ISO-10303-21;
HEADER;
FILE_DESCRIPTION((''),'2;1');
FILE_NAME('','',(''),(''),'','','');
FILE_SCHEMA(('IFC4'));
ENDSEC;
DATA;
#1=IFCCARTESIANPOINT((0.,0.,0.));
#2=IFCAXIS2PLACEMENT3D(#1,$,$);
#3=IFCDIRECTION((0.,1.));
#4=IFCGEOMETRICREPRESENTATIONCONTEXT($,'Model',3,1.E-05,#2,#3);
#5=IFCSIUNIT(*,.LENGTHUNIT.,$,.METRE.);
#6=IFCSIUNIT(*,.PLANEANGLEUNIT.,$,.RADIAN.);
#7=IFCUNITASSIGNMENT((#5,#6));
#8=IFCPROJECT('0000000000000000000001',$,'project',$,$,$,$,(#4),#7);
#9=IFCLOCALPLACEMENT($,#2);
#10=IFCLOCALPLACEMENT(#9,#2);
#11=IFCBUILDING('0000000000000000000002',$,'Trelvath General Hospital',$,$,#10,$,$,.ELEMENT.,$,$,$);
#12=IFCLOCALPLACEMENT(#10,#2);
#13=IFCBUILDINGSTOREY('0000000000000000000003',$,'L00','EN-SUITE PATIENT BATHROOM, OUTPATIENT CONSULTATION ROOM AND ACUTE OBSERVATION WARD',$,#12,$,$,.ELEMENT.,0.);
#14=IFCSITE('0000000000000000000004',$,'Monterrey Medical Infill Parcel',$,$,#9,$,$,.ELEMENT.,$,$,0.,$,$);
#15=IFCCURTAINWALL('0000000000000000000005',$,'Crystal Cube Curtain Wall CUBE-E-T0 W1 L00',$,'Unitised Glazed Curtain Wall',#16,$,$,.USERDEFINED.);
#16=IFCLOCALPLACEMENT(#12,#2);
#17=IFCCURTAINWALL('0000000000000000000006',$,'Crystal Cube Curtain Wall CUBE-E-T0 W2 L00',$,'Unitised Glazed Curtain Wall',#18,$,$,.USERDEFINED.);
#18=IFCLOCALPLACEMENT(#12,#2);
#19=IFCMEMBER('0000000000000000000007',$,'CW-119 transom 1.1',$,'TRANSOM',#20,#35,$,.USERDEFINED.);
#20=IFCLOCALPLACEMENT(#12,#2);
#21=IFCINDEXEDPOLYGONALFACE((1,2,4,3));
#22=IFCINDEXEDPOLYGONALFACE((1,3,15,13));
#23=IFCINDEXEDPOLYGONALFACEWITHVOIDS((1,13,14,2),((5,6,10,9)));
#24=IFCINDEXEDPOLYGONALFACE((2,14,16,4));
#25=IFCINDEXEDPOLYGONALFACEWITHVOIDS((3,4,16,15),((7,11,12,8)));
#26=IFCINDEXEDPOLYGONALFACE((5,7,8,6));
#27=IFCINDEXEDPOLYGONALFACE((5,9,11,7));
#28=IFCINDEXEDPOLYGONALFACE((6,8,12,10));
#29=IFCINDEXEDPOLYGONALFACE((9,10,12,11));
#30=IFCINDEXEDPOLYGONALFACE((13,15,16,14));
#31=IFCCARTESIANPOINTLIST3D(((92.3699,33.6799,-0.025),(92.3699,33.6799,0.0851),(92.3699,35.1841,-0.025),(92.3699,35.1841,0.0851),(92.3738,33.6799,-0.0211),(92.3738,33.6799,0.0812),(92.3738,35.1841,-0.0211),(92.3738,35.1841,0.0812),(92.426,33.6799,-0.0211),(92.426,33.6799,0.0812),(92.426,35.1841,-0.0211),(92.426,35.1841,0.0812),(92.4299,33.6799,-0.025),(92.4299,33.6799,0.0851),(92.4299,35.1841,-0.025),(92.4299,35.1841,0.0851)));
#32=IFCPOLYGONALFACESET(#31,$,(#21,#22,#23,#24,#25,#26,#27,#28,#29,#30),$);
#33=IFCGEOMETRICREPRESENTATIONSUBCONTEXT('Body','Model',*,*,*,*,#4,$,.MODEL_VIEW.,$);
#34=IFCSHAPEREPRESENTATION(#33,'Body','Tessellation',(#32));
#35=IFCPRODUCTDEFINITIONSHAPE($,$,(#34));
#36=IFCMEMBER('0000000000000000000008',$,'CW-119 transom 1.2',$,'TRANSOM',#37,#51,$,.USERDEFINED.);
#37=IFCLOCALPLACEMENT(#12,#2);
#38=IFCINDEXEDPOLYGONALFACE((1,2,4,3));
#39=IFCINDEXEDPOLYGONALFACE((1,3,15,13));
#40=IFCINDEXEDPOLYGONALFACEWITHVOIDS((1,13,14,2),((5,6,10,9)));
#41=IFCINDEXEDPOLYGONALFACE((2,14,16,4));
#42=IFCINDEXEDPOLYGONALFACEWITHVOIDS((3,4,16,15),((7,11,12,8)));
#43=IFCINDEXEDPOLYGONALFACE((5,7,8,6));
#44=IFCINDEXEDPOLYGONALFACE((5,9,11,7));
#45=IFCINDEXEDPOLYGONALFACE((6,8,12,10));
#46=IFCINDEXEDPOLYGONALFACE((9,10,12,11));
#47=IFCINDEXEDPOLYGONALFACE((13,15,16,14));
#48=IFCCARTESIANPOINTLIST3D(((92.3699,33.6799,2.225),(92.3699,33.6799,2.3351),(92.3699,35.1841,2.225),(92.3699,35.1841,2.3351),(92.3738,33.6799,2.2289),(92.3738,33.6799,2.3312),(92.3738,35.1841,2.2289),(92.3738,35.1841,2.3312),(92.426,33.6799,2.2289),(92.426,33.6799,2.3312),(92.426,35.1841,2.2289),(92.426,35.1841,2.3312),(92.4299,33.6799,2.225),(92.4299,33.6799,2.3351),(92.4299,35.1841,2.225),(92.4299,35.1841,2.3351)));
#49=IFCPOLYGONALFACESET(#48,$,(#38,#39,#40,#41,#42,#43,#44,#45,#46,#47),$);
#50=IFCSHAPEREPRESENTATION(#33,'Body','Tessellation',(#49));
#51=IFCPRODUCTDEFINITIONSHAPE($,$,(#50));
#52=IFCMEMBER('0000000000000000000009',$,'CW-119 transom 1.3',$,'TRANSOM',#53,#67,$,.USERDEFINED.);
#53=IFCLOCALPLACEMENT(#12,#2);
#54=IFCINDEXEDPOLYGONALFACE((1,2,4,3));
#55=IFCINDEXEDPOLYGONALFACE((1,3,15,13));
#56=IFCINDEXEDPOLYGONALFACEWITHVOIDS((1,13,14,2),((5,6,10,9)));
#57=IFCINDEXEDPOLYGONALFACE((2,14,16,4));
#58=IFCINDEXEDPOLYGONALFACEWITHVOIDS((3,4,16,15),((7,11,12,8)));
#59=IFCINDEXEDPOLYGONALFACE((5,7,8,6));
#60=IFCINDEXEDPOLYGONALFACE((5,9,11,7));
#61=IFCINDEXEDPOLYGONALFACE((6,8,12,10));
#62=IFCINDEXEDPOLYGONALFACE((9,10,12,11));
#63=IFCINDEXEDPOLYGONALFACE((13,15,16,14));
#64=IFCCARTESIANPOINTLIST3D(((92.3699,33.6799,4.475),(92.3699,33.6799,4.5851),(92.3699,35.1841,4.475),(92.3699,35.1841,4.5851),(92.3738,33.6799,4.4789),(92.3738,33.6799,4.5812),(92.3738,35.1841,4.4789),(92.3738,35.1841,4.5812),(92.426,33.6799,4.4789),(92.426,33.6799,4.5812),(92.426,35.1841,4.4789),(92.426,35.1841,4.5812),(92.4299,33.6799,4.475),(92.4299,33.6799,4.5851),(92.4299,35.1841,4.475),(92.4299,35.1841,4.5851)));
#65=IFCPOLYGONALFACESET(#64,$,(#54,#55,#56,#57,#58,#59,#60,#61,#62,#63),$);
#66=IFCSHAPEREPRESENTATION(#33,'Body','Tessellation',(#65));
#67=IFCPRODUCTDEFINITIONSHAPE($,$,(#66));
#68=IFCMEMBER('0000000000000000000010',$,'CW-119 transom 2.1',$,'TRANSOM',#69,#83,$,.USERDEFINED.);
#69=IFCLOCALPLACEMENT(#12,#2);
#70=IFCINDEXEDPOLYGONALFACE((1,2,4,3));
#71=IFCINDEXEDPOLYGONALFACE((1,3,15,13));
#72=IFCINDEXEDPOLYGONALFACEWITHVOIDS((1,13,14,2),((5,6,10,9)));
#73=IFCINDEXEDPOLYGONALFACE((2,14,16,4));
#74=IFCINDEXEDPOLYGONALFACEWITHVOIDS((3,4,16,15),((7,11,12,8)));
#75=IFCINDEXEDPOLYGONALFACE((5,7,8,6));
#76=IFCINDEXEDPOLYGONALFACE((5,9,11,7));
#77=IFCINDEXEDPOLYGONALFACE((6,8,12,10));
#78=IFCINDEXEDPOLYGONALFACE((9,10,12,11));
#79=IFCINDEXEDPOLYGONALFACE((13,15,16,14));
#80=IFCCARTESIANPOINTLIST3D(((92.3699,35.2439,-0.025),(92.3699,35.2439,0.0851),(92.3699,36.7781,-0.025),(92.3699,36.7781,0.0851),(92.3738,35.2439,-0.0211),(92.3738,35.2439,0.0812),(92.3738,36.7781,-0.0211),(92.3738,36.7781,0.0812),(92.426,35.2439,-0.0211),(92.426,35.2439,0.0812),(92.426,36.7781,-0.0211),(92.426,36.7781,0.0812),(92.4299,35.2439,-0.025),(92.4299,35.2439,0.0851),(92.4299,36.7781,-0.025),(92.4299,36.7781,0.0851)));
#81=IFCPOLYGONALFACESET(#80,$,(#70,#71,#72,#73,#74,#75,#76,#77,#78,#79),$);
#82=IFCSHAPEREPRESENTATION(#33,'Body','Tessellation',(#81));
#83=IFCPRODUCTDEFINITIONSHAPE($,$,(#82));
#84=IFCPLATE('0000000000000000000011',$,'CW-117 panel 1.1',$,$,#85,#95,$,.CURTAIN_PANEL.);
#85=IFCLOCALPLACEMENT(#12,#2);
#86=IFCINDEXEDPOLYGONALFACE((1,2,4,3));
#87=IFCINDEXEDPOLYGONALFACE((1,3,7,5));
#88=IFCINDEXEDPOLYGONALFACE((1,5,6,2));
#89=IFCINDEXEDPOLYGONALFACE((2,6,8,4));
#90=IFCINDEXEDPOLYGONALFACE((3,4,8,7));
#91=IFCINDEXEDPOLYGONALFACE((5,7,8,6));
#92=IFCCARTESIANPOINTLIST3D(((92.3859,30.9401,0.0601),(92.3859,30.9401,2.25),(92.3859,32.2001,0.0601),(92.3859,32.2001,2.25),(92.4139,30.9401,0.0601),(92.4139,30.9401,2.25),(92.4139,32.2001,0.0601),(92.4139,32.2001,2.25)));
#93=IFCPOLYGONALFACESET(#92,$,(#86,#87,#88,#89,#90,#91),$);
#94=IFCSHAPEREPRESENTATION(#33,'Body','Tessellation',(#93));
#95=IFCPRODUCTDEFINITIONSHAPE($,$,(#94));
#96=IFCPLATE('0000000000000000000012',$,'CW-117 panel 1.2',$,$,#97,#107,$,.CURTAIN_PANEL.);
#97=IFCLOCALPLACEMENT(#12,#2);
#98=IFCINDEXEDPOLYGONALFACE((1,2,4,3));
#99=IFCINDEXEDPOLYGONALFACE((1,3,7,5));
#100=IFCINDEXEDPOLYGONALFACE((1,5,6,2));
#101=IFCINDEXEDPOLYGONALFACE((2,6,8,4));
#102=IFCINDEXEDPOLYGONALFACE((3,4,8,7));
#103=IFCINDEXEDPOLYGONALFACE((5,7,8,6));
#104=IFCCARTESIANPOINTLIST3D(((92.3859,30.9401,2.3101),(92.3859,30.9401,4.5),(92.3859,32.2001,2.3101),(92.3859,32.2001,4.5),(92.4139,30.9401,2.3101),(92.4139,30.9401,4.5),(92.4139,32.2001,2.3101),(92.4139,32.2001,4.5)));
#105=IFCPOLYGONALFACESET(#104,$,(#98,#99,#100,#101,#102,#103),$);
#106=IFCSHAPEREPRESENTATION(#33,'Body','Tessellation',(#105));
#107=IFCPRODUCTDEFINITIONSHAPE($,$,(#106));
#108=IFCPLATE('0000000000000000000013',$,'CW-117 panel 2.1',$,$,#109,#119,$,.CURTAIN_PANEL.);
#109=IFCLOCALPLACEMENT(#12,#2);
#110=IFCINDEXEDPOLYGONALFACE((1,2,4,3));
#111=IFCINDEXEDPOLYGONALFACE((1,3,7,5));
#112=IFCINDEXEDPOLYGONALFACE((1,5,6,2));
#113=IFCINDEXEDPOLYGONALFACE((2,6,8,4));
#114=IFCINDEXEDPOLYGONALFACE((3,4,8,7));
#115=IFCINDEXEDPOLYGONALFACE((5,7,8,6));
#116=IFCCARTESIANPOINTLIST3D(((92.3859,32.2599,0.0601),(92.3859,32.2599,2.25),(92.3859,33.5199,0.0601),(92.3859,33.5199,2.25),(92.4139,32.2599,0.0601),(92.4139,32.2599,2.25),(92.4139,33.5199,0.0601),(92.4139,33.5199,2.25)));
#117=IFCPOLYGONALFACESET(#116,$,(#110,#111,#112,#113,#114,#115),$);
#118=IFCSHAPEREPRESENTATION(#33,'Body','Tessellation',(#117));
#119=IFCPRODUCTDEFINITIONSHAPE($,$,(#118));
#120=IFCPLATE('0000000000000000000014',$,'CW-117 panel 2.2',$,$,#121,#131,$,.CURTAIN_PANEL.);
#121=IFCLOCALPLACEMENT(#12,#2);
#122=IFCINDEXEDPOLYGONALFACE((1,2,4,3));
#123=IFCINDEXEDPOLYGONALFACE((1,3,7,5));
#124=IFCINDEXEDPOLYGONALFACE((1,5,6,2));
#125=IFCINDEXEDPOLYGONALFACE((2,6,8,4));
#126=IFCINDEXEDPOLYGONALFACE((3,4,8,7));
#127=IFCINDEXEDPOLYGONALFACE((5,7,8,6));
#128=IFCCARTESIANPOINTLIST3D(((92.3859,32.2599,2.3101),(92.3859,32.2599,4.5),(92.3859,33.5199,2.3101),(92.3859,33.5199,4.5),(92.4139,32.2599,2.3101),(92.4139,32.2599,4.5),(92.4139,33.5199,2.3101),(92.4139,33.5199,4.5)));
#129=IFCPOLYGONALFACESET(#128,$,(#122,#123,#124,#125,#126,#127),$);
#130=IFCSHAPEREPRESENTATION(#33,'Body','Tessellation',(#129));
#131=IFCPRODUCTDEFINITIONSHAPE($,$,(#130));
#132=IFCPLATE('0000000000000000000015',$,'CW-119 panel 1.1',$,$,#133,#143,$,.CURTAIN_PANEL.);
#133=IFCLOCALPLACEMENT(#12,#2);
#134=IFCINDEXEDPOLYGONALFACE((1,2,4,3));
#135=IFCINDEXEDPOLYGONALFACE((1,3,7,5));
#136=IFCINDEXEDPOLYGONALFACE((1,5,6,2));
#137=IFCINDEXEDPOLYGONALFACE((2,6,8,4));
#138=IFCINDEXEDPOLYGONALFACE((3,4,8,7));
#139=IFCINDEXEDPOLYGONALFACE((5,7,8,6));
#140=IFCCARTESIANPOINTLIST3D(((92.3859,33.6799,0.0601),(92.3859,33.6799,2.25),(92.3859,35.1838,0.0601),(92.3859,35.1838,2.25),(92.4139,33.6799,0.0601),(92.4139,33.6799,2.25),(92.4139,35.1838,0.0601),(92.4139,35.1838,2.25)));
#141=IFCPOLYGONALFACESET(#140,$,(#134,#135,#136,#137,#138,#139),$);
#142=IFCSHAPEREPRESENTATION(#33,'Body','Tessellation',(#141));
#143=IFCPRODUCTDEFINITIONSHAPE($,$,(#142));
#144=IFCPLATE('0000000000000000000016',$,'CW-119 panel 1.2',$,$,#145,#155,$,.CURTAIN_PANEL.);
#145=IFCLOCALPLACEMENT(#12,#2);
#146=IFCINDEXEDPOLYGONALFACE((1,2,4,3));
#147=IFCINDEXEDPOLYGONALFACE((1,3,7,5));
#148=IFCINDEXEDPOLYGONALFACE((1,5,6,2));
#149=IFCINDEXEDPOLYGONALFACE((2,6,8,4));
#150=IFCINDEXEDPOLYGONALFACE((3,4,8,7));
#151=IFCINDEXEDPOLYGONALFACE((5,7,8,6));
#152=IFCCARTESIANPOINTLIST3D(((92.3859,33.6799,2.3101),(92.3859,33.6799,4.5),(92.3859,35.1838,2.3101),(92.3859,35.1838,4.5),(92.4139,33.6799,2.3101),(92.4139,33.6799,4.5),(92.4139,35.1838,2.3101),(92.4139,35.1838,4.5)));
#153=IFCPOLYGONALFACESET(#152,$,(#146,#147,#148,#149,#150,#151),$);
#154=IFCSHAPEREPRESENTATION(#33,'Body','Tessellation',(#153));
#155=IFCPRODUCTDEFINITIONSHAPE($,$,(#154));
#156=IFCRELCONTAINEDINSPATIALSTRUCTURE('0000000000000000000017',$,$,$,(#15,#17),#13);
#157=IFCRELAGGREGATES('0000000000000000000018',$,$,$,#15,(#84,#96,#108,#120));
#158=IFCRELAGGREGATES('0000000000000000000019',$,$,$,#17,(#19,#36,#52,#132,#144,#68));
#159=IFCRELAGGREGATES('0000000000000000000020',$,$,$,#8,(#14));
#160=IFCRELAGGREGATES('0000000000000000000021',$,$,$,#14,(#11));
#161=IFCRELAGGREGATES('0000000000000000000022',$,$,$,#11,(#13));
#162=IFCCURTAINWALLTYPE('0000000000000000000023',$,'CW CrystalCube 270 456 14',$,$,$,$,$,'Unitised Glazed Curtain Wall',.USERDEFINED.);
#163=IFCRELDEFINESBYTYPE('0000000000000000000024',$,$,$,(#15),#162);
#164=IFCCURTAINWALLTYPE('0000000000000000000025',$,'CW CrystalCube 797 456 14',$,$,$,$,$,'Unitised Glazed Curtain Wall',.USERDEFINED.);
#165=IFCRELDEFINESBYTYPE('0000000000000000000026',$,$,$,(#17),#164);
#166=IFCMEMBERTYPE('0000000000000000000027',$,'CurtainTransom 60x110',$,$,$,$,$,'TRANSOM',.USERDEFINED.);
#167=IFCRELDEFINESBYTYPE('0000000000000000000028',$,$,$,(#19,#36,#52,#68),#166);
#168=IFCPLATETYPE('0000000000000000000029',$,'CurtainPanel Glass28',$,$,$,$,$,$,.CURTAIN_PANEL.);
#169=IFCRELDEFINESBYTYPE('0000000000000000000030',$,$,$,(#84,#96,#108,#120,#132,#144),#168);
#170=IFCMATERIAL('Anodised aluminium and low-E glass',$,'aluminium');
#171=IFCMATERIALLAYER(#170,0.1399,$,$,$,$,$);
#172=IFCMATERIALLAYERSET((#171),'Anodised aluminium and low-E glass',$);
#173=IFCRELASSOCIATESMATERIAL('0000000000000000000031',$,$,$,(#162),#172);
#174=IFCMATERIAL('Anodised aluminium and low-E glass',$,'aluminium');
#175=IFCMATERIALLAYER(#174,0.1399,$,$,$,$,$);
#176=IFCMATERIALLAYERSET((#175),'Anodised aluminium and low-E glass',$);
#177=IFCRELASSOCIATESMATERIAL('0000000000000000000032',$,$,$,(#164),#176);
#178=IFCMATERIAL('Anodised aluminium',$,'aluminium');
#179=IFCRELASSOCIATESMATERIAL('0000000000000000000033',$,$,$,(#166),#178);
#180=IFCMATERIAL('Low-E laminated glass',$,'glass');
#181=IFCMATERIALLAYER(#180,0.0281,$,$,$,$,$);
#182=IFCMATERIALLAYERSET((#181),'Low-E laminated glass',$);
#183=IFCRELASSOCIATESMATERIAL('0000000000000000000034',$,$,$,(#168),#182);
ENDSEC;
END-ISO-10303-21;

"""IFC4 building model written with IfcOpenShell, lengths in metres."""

from ifc_helpers import new_model, si_unit, direction, frame, origin, origin_2d, place, context, subcontext, project, spatial, rectangle, hollow_rectangle, extrude, material, layer, layer_set, material_profile, profile_set, type_object, element, aggregate, save


model = new_model("IFC4")

# Units and contexts
model_context = context("Model", 3, precision=1e-05, world=origin(), true_north=direction((0.0, 1.0)))
body_context = subcontext(model_context, "Body", "Model", "MODEL_VIEW")
ifc_project = project(units=[si_unit("LENGTHUNIT", "METRE"), si_unit("PLANEANGLEUNIT", "RADIAN")], contexts=[model_context])

# Site, building, storey
site_placement = place(None, origin())
site = spatial("IfcSite", under=ifc_project, at=site_placement, Name="Monterrey Medical Infill Parcel", CompositionType="ELEMENT", RefElevation=0.0)
building_placement = place(site_placement, origin())
building = spatial("IfcBuilding", under=site, at=building_placement, Name="Trelvath General Hospital", CompositionType="ELEMENT")
storey_placement = place(building_placement, origin())
storey = spatial("IfcBuildingStorey", under=building, at=storey_placement, Name="L00", Description="EN-SUITE PATIENT BATHROOM, OUTPATIENT CONSULTATION ROOM AND ACUTE OBSERVATION WARD", CompositionType="ELEMENT", Elevation=0.0)

# Curtain walls
ifc_material_1 = material(Name="Anodised aluminium and low-E glass", Category="aluminium")
ifc_layer_1 = layer(ifc_material_1, 0.1399)
ifc_layer_set_1 = layer_set([ifc_layer_1], Name="Anodised aluminium and low-E glass")
curtain_wall_type_1 = type_object("IfcCurtainWallType", Name="CW CrystalCube 270 456 14", ElementType="Unitised Glazed Curtain Wall", PredefinedType="USERDEFINED", material=ifc_layer_set_1)
curtain_wall_1_placement = place(storey_placement, origin())
curtain_wall_1 = element("IfcCurtainWall", 1, at=curtain_wall_1_placement, inside=storey, type_object=curtain_wall_type_1, Name="Crystal Cube Curtain Wall CUBE-E-T0 W1 L00", ObjectType="Unitised Glazed Curtain Wall", PredefinedType="USERDEFINED")
ifc_material_2 = material(Name="Anodised aluminium and low-E glass", Category="aluminium")
ifc_layer_2 = layer(ifc_material_2, 0.1399)
ifc_layer_set_2 = layer_set([ifc_layer_2], Name="Anodised aluminium and low-E glass")
curtain_wall_type_2 = type_object("IfcCurtainWallType", Name="CW CrystalCube 797 456 14", ElementType="Unitised Glazed Curtain Wall", PredefinedType="USERDEFINED", material=ifc_layer_set_2)
curtain_wall_2_placement = place(storey_placement, origin())
curtain_wall_2 = element("IfcCurtainWall", 2, at=curtain_wall_2_placement, inside=storey, type_object=curtain_wall_type_2, Name="Crystal Cube Curtain Wall CUBE-E-T0 W2 L00", ObjectType="Unitised Glazed Curtain Wall", PredefinedType="USERDEFINED")

# Members
ifc_material_3 = material(Name="Anodised aluminium", Category="aluminium")
ifc_material_profile_1 = material_profile(ifc_material_3, hollow_rectangle(XDim=0.0601, YDim=0.1101, WallThickness=0.0039, at=origin_2d()), Name="RHS60x110x4")
ifc_profile_set_1 = profile_set([ifc_material_profile_1], Name="Anodised aluminium")
member_type_1 = type_object("IfcMemberType", Name="CurtainTransom 60x110", ElementType="TRANSOM", PredefinedType="USERDEFINED", material=ifc_profile_set_1)
member_1_placement = place(storey_placement, frame((92.3999, 33.6799, 0.03), z_axis=(0.0, 1.0, 0.0), x_axis=(-1.0, 0.0, 0.0)))
member_1 = element("IfcMember", 3, at=member_1_placement, type_object=member_type_1, Name="CW-119 transom 1.1", ObjectType="TRANSOM", PredefinedType="USERDEFINED", context=body_context, shape_type="SweptSolid", body=[
    extrude(hollow_rectangle(XDim=0.0601, YDim=0.1101, WallThickness=0.0039, at=origin_2d()), origin(), (0.0, 0.0, 1.0), 1.5042),
])
member_2_placement = place(storey_placement, frame((92.3999, 33.6799, 2.28), z_axis=(0.0, 1.0, 0.0), x_axis=(-1.0, 0.0, 0.0)))
member_2 = element("IfcMember", 4, at=member_2_placement, type_object=member_type_1, Name="CW-119 transom 1.2", ObjectType="TRANSOM", PredefinedType="USERDEFINED", context=body_context, shape_type="SweptSolid", body=[
    extrude(hollow_rectangle(XDim=0.0601, YDim=0.1101, WallThickness=0.0039, at=origin_2d()), origin(), (0.0, 0.0, 1.0), 1.5042),
])
member_3_placement = place(storey_placement, frame((92.3999, 33.6799, 4.53), z_axis=(0.0, 1.0, 0.0), x_axis=(-1.0, 0.0, 0.0)))
member_3 = element("IfcMember", 5, at=member_3_placement, type_object=member_type_1, Name="CW-119 transom 1.3", ObjectType="TRANSOM", PredefinedType="USERDEFINED", context=body_context, shape_type="SweptSolid", body=[
    extrude(hollow_rectangle(XDim=0.0601, YDim=0.1101, WallThickness=0.0039, at=origin_2d()), origin(), (0.0, 0.0, 1.0), 1.5042),
])
member_4_placement = place(storey_placement, frame((92.3999, 35.2439, 0.03), z_axis=(0.0, 1.0, 0.0), x_axis=(-1.0, 0.0, 0.0)))
member_4 = element("IfcMember", 6, at=member_4_placement, type_object=member_type_1, Name="CW-119 transom 2.1", ObjectType="TRANSOM", PredefinedType="USERDEFINED", context=body_context, shape_type="SweptSolid", body=[
    extrude(hollow_rectangle(XDim=0.0601, YDim=0.1101, WallThickness=0.0039, at=origin_2d()), origin(), (0.0, 0.0, 1.0), 1.5342),
])

# Plates
ifc_material_4 = material(Name="Low-E laminated glass", Category="glass")
ifc_layer_3 = layer(ifc_material_4, 0.0281)
ifc_layer_set_3 = layer_set([ifc_layer_3], Name="Low-E laminated glass")
plate_type = type_object("IfcPlateType", Name="CurtainPanel Glass28", PredefinedType="CURTAIN_PANEL", material=ifc_layer_set_3)
plate_1_placement = place(storey_placement, frame((92.3999, 31.5701, 0.0601), z_axis=(0.0, 0.0, 1.0), x_axis=(0.0, 1.0, 0.0)))
plate_1 = element("IfcPlate", 7, at=plate_1_placement, type_object=plate_type, Name="CW-117 panel 1.1", PredefinedType="CURTAIN_PANEL", context=body_context, shape_type="SweptSolid", body=[
    extrude(rectangle(XDim=1.26, YDim=0.0281, at=origin_2d()), origin(), (0.0, 0.0, 1.0), 2.1899),
])
plate_2_placement = place(storey_placement, frame((92.3999, 31.5701, 2.3101), z_axis=(0.0, 0.0, 1.0), x_axis=(0.0, 1.0, 0.0)))
plate_2 = element("IfcPlate", 8, at=plate_2_placement, type_object=plate_type, Name="CW-117 panel 1.2", PredefinedType="CURTAIN_PANEL", context=body_context, shape_type="SweptSolid", body=[
    extrude(rectangle(XDim=1.26, YDim=0.0281, at=origin_2d()), origin(), (0.0, 0.0, 1.0), 2.1899),
])
plate_3_placement = place(storey_placement, frame((92.3999, 32.8899, 0.0601), z_axis=(0.0, 0.0, 1.0), x_axis=(0.0, 1.0, 0.0)))
plate_3 = element("IfcPlate", 9, at=plate_3_placement, type_object=plate_type, Name="CW-117 panel 2.1", PredefinedType="CURTAIN_PANEL", context=body_context, shape_type="SweptSolid", body=[
    extrude(rectangle(XDim=1.26, YDim=0.0281, at=origin_2d()), origin(), (0.0, 0.0, 1.0), 2.1899),
])
plate_4_placement = place(storey_placement, frame((92.3999, 32.8899, 2.3101), z_axis=(0.0, 0.0, 1.0), x_axis=(0.0, 1.0, 0.0)))
plate_4 = element("IfcPlate", 10, at=plate_4_placement, type_object=plate_type, Name="CW-117 panel 2.2", PredefinedType="CURTAIN_PANEL", context=body_context, shape_type="SweptSolid", body=[
    extrude(rectangle(XDim=1.26, YDim=0.0281, at=origin_2d()), origin(), (0.0, 0.0, 1.0), 2.1899),
])
aggregate(curtain_wall_1, [plate_1, plate_2, plate_3, plate_4])
plate_5_placement = place(storey_placement, frame((92.3999, 34.4319, 0.0601), z_axis=(0.0, 0.0, 1.0), x_axis=(0.0, 1.0, 0.0)))
plate_5 = element("IfcPlate", 11, at=plate_5_placement, type_object=plate_type, Name="CW-119 panel 1.1", PredefinedType="CURTAIN_PANEL", context=body_context, shape_type="SweptSolid", body=[
    extrude(rectangle(XDim=1.5039, YDim=0.0281, at=origin_2d()), origin(), (0.0, 0.0, 1.0), 2.1899),
])
plate_6_placement = place(storey_placement, frame((92.3999, 34.4319, 2.3101), z_axis=(0.0, 0.0, 1.0), x_axis=(0.0, 1.0, 0.0)))
plate_6 = element("IfcPlate", 12, at=plate_6_placement, type_object=plate_type, Name="CW-119 panel 1.2", PredefinedType="CURTAIN_PANEL", context=body_context, shape_type="SweptSolid", body=[
    extrude(rectangle(XDim=1.5039, YDim=0.0281, at=origin_2d()), origin(), (0.0, 0.0, 1.0), 2.1899),
])
aggregate(curtain_wall_2, [member_1, member_2, member_3, plate_5, plate_6, member_4])

save(model, "model.ifc")
